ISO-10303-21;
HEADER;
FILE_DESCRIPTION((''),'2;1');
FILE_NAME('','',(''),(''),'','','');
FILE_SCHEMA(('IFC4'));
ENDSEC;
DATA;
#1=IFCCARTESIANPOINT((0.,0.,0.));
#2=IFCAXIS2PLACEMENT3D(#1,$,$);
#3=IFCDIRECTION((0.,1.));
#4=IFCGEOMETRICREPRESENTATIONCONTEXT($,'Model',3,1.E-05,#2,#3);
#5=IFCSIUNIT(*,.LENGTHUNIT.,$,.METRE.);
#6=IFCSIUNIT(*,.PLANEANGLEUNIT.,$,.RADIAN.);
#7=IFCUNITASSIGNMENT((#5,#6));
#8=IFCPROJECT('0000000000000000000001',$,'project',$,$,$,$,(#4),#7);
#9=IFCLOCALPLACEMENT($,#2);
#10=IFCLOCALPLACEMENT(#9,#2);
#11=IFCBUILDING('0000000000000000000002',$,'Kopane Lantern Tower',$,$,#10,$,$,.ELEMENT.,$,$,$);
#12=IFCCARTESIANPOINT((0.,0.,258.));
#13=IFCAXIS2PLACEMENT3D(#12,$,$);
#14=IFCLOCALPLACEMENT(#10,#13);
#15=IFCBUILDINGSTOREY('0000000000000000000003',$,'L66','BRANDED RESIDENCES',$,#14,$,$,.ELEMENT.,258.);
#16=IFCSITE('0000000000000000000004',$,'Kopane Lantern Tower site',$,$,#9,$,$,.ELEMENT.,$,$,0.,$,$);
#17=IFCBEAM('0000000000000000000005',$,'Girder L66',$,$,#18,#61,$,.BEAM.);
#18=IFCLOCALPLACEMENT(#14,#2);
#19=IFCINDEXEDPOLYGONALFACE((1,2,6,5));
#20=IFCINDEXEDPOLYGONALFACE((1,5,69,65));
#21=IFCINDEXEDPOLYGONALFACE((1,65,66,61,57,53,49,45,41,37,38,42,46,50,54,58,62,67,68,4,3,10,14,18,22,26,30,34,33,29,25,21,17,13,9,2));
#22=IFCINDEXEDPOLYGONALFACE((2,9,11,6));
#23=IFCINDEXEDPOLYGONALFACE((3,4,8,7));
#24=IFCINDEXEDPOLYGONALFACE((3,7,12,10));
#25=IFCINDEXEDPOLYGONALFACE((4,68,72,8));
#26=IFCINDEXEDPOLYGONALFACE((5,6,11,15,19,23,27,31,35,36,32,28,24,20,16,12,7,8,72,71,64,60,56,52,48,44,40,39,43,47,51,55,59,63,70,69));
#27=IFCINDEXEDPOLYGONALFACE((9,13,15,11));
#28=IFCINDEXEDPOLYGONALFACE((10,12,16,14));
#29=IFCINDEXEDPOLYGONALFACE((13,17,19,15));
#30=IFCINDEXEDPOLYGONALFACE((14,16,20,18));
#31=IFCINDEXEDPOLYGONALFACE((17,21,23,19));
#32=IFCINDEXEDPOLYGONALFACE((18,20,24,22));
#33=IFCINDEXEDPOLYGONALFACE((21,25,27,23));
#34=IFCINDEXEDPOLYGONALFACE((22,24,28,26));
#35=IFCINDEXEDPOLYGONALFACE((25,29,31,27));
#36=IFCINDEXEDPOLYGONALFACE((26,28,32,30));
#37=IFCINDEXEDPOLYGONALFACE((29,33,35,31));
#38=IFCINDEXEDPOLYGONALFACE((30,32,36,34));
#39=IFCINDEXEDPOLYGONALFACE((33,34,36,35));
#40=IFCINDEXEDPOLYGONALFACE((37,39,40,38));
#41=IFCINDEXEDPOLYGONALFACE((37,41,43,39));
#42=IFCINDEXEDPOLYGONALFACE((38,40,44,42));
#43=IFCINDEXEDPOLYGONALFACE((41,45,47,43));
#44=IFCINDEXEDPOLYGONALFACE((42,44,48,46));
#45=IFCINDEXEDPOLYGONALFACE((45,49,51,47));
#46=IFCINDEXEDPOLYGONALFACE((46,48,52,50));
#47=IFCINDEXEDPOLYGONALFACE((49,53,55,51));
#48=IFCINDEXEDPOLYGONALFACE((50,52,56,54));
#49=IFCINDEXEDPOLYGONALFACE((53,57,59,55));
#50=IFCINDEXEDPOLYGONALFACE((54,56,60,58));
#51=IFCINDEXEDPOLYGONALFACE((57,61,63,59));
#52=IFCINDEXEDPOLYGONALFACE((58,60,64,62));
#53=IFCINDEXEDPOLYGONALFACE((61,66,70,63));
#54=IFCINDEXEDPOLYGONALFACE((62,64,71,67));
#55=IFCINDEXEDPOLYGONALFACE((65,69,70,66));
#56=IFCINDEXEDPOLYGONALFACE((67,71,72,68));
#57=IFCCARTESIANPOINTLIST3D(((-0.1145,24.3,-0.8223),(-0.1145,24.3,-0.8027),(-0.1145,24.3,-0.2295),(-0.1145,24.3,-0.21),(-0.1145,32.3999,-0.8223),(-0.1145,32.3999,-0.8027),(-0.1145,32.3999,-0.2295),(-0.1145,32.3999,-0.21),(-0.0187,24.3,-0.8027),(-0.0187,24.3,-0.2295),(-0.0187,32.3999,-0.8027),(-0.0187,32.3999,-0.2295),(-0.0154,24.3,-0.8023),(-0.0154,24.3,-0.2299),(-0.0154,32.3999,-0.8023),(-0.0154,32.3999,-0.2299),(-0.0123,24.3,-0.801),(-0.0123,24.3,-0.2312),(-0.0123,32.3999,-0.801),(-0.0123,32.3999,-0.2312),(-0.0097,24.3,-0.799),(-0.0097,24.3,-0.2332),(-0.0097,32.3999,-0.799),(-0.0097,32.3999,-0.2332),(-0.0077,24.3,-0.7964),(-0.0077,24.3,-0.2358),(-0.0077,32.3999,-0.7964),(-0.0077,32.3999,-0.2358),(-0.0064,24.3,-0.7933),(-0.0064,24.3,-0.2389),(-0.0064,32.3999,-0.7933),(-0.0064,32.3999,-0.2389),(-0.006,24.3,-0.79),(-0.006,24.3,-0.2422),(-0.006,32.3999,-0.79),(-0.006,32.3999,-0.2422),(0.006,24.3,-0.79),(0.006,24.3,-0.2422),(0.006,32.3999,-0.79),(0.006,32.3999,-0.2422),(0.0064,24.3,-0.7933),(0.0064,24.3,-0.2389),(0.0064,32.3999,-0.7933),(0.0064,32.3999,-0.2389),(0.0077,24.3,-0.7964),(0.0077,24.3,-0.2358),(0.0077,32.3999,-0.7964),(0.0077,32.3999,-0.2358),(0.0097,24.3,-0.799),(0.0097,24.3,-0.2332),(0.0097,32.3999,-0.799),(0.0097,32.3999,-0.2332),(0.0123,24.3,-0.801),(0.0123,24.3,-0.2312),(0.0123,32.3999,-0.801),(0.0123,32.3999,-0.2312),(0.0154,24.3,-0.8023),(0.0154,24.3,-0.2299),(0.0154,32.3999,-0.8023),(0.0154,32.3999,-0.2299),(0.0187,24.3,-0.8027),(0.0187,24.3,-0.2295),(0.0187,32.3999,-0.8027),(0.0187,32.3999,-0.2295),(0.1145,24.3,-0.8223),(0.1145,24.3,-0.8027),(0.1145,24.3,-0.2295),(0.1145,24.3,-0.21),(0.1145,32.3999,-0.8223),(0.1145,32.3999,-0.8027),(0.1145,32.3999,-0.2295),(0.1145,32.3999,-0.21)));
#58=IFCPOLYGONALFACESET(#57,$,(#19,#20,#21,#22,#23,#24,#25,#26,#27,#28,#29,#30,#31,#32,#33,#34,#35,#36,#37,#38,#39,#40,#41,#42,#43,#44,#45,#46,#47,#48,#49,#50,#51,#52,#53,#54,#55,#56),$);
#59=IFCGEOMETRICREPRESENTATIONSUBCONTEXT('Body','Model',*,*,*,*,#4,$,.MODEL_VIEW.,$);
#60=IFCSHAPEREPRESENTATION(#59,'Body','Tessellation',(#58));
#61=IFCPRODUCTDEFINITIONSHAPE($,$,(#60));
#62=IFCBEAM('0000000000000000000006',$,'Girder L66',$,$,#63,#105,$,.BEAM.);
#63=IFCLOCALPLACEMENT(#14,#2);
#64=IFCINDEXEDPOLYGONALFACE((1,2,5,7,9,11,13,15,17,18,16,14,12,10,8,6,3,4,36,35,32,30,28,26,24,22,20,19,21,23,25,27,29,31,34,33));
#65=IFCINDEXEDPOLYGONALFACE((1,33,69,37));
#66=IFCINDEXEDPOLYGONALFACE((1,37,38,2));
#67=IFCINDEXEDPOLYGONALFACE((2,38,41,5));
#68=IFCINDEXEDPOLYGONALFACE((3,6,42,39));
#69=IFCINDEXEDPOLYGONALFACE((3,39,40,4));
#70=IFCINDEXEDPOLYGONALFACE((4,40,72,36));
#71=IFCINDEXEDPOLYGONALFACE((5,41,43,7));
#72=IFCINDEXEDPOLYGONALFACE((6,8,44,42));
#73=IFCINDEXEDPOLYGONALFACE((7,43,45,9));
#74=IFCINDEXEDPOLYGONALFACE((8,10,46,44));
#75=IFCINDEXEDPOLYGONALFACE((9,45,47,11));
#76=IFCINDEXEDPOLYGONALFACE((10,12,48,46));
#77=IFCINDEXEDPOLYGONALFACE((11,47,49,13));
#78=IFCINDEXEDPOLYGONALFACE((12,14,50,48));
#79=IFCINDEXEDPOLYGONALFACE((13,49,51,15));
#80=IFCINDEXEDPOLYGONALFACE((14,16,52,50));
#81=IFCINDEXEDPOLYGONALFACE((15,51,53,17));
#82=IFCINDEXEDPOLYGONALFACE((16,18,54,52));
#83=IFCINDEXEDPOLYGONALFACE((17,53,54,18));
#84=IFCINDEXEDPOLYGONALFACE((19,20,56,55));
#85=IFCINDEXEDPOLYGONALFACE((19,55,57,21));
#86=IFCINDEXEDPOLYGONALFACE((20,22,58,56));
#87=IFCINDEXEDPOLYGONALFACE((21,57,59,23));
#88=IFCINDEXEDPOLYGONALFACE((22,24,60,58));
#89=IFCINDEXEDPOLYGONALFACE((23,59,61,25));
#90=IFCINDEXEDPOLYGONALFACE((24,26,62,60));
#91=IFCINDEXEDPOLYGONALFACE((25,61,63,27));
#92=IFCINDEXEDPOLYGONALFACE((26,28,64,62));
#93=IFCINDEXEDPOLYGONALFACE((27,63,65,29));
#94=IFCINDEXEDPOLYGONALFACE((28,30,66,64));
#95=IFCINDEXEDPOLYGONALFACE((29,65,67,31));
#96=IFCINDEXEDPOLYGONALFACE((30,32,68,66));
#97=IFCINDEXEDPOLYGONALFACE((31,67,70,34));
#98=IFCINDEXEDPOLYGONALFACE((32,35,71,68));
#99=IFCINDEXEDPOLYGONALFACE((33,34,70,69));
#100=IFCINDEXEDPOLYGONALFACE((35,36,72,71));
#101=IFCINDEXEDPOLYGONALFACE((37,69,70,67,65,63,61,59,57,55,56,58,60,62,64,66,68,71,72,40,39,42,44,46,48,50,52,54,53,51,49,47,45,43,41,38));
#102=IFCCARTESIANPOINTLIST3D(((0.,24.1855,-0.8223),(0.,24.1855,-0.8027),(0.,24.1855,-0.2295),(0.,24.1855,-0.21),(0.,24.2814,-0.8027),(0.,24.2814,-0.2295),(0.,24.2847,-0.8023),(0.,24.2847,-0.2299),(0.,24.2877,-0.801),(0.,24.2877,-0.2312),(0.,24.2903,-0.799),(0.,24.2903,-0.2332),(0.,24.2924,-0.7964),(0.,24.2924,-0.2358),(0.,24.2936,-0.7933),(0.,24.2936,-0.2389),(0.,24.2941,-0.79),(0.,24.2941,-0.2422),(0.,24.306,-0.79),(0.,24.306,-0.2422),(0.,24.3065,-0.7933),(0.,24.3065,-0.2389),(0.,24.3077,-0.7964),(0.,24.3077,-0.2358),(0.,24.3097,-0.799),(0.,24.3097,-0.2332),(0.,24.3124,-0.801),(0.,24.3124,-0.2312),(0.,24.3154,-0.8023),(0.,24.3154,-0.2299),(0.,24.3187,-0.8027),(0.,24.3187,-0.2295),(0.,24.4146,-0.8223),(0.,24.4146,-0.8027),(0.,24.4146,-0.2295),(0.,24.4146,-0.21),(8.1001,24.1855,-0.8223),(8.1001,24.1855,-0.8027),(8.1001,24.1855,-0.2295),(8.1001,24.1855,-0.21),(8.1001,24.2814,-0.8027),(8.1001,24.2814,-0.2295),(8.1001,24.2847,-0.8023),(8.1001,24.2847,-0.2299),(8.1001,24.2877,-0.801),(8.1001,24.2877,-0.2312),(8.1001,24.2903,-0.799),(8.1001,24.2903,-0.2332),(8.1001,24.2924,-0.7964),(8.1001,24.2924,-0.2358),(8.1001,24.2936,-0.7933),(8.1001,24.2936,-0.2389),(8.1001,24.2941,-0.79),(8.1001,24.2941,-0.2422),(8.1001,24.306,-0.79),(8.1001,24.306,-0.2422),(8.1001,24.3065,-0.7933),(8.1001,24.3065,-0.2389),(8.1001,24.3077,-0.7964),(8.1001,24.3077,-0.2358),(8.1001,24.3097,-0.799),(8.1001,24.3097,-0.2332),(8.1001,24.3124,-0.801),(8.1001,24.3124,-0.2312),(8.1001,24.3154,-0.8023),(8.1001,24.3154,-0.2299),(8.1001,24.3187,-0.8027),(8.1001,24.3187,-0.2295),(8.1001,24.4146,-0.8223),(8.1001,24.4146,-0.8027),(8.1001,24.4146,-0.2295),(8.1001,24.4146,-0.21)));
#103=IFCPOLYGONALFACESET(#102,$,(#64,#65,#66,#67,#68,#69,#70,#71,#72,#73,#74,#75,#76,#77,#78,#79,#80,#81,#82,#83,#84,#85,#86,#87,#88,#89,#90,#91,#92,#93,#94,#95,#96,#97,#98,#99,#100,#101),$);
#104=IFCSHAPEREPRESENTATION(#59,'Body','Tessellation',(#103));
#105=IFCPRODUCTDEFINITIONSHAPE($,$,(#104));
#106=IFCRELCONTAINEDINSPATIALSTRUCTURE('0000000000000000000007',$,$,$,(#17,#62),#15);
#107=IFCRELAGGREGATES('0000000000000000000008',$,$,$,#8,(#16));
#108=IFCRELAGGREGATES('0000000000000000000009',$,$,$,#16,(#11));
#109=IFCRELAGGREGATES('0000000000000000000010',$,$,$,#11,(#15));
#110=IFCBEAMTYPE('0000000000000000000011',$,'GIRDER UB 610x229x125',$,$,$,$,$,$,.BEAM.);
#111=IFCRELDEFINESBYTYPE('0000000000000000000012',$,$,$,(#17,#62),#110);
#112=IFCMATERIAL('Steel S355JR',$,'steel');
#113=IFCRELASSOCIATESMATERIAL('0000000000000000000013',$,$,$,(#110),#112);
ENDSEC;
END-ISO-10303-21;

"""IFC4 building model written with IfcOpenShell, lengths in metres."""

from ifc_helpers import new_model, si_unit, direction, frame, origin, origin_2d, place, context, subcontext, project, spatial, i_section, extrude, material, material_profile, profile_set, type_object, element, save


model = new_model("IFC4")

# Units and contexts
model_context = context("Model", 3, precision=1e-05, world=origin(), true_north=direction((0.0, 1.0)))
body_context = subcontext(model_context, "Body", "Model", "MODEL_VIEW")
ifc_project = project(units=[si_unit("LENGTHUNIT", "METRE"), si_unit("PLANEANGLEUNIT", "RADIAN")], contexts=[model_context])

# Site, building, storey
site_placement = place(None, origin())
site = spatial("IfcSite", under=ifc_project, at=site_placement, Name="Kopane Lantern Tower site", CompositionType="ELEMENT", RefElevation=0.0)
building_placement = place(site_placement, origin())
building = spatial("IfcBuilding", under=site, at=building_placement, Name="Kopane Lantern Tower", CompositionType="ELEMENT")
storey_placement = place(building_placement, frame((0.0, 0.0, 258.0)))
storey = spatial("IfcBuildingStorey", under=building, at=storey_placement, Name="L66", Description="BRANDED RESIDENCES", CompositionType="ELEMENT", Elevation=258.0)

# Beams
ifc_material_1 = material(Name="Steel S355JR", Category="steel")
ifc_material_profile_1 = material_profile(ifc_material_1, i_section(OverallWidth=0.229, OverallDepth=0.6123, WebThickness=0.012, FlangeThickness=0.0195, FilletRadius=0.0127, at=origin_2d()), Name="UB 610x229x125")
ifc_profile_set_1 = profile_set([ifc_material_profile_1], Name="Steel S355JR")
beam_type_1 = type_object("IfcBeamType", Name="GIRDER UB 610x229x125", PredefinedType="BEAM", material=ifc_profile_set_1)
beam_1_placement = place(storey_placement, frame((0.0, 24.3, -0.5161), z_axis=(0.0, 1.0, 0.0), x_axis=(-1.0, 0.0, 0.0)))
element("IfcBeam", 1, at=beam_1_placement, inside=storey, type_object=beam_type_1, Name="Girder L66", PredefinedType="BEAM", context=body_context, shape_type="SweptSolid", body=[
    extrude(i_section(OverallWidth=0.229, OverallDepth=0.6123, WebThickness=0.012, FlangeThickness=0.0195, FilletRadius=0.0127, at=origin_2d()), origin(), (0.0, 0.0, 1.0), 8.0999),
])
beam_2_placement = place(storey_placement, frame((0.0, 24.3, -0.5161), z_axis=(1.0, 0.0, 0.0), x_axis=(0.0, 1.0, 0.0)))
element("IfcBeam", 2, at=beam_2_placement, inside=storey, type_object=beam_type_1, Name="Girder L66", PredefinedType="BEAM", context=body_context, shape_type="SweptSolid", body=[
    extrude(i_section(OverallWidth=0.229, OverallDepth=0.6123, WebThickness=0.012, FlangeThickness=0.0195, FilletRadius=0.0127, at=origin_2d()), origin(), (0.0, 0.0, 1.0), 8.1001),
])

save(model, "model.ifc")
